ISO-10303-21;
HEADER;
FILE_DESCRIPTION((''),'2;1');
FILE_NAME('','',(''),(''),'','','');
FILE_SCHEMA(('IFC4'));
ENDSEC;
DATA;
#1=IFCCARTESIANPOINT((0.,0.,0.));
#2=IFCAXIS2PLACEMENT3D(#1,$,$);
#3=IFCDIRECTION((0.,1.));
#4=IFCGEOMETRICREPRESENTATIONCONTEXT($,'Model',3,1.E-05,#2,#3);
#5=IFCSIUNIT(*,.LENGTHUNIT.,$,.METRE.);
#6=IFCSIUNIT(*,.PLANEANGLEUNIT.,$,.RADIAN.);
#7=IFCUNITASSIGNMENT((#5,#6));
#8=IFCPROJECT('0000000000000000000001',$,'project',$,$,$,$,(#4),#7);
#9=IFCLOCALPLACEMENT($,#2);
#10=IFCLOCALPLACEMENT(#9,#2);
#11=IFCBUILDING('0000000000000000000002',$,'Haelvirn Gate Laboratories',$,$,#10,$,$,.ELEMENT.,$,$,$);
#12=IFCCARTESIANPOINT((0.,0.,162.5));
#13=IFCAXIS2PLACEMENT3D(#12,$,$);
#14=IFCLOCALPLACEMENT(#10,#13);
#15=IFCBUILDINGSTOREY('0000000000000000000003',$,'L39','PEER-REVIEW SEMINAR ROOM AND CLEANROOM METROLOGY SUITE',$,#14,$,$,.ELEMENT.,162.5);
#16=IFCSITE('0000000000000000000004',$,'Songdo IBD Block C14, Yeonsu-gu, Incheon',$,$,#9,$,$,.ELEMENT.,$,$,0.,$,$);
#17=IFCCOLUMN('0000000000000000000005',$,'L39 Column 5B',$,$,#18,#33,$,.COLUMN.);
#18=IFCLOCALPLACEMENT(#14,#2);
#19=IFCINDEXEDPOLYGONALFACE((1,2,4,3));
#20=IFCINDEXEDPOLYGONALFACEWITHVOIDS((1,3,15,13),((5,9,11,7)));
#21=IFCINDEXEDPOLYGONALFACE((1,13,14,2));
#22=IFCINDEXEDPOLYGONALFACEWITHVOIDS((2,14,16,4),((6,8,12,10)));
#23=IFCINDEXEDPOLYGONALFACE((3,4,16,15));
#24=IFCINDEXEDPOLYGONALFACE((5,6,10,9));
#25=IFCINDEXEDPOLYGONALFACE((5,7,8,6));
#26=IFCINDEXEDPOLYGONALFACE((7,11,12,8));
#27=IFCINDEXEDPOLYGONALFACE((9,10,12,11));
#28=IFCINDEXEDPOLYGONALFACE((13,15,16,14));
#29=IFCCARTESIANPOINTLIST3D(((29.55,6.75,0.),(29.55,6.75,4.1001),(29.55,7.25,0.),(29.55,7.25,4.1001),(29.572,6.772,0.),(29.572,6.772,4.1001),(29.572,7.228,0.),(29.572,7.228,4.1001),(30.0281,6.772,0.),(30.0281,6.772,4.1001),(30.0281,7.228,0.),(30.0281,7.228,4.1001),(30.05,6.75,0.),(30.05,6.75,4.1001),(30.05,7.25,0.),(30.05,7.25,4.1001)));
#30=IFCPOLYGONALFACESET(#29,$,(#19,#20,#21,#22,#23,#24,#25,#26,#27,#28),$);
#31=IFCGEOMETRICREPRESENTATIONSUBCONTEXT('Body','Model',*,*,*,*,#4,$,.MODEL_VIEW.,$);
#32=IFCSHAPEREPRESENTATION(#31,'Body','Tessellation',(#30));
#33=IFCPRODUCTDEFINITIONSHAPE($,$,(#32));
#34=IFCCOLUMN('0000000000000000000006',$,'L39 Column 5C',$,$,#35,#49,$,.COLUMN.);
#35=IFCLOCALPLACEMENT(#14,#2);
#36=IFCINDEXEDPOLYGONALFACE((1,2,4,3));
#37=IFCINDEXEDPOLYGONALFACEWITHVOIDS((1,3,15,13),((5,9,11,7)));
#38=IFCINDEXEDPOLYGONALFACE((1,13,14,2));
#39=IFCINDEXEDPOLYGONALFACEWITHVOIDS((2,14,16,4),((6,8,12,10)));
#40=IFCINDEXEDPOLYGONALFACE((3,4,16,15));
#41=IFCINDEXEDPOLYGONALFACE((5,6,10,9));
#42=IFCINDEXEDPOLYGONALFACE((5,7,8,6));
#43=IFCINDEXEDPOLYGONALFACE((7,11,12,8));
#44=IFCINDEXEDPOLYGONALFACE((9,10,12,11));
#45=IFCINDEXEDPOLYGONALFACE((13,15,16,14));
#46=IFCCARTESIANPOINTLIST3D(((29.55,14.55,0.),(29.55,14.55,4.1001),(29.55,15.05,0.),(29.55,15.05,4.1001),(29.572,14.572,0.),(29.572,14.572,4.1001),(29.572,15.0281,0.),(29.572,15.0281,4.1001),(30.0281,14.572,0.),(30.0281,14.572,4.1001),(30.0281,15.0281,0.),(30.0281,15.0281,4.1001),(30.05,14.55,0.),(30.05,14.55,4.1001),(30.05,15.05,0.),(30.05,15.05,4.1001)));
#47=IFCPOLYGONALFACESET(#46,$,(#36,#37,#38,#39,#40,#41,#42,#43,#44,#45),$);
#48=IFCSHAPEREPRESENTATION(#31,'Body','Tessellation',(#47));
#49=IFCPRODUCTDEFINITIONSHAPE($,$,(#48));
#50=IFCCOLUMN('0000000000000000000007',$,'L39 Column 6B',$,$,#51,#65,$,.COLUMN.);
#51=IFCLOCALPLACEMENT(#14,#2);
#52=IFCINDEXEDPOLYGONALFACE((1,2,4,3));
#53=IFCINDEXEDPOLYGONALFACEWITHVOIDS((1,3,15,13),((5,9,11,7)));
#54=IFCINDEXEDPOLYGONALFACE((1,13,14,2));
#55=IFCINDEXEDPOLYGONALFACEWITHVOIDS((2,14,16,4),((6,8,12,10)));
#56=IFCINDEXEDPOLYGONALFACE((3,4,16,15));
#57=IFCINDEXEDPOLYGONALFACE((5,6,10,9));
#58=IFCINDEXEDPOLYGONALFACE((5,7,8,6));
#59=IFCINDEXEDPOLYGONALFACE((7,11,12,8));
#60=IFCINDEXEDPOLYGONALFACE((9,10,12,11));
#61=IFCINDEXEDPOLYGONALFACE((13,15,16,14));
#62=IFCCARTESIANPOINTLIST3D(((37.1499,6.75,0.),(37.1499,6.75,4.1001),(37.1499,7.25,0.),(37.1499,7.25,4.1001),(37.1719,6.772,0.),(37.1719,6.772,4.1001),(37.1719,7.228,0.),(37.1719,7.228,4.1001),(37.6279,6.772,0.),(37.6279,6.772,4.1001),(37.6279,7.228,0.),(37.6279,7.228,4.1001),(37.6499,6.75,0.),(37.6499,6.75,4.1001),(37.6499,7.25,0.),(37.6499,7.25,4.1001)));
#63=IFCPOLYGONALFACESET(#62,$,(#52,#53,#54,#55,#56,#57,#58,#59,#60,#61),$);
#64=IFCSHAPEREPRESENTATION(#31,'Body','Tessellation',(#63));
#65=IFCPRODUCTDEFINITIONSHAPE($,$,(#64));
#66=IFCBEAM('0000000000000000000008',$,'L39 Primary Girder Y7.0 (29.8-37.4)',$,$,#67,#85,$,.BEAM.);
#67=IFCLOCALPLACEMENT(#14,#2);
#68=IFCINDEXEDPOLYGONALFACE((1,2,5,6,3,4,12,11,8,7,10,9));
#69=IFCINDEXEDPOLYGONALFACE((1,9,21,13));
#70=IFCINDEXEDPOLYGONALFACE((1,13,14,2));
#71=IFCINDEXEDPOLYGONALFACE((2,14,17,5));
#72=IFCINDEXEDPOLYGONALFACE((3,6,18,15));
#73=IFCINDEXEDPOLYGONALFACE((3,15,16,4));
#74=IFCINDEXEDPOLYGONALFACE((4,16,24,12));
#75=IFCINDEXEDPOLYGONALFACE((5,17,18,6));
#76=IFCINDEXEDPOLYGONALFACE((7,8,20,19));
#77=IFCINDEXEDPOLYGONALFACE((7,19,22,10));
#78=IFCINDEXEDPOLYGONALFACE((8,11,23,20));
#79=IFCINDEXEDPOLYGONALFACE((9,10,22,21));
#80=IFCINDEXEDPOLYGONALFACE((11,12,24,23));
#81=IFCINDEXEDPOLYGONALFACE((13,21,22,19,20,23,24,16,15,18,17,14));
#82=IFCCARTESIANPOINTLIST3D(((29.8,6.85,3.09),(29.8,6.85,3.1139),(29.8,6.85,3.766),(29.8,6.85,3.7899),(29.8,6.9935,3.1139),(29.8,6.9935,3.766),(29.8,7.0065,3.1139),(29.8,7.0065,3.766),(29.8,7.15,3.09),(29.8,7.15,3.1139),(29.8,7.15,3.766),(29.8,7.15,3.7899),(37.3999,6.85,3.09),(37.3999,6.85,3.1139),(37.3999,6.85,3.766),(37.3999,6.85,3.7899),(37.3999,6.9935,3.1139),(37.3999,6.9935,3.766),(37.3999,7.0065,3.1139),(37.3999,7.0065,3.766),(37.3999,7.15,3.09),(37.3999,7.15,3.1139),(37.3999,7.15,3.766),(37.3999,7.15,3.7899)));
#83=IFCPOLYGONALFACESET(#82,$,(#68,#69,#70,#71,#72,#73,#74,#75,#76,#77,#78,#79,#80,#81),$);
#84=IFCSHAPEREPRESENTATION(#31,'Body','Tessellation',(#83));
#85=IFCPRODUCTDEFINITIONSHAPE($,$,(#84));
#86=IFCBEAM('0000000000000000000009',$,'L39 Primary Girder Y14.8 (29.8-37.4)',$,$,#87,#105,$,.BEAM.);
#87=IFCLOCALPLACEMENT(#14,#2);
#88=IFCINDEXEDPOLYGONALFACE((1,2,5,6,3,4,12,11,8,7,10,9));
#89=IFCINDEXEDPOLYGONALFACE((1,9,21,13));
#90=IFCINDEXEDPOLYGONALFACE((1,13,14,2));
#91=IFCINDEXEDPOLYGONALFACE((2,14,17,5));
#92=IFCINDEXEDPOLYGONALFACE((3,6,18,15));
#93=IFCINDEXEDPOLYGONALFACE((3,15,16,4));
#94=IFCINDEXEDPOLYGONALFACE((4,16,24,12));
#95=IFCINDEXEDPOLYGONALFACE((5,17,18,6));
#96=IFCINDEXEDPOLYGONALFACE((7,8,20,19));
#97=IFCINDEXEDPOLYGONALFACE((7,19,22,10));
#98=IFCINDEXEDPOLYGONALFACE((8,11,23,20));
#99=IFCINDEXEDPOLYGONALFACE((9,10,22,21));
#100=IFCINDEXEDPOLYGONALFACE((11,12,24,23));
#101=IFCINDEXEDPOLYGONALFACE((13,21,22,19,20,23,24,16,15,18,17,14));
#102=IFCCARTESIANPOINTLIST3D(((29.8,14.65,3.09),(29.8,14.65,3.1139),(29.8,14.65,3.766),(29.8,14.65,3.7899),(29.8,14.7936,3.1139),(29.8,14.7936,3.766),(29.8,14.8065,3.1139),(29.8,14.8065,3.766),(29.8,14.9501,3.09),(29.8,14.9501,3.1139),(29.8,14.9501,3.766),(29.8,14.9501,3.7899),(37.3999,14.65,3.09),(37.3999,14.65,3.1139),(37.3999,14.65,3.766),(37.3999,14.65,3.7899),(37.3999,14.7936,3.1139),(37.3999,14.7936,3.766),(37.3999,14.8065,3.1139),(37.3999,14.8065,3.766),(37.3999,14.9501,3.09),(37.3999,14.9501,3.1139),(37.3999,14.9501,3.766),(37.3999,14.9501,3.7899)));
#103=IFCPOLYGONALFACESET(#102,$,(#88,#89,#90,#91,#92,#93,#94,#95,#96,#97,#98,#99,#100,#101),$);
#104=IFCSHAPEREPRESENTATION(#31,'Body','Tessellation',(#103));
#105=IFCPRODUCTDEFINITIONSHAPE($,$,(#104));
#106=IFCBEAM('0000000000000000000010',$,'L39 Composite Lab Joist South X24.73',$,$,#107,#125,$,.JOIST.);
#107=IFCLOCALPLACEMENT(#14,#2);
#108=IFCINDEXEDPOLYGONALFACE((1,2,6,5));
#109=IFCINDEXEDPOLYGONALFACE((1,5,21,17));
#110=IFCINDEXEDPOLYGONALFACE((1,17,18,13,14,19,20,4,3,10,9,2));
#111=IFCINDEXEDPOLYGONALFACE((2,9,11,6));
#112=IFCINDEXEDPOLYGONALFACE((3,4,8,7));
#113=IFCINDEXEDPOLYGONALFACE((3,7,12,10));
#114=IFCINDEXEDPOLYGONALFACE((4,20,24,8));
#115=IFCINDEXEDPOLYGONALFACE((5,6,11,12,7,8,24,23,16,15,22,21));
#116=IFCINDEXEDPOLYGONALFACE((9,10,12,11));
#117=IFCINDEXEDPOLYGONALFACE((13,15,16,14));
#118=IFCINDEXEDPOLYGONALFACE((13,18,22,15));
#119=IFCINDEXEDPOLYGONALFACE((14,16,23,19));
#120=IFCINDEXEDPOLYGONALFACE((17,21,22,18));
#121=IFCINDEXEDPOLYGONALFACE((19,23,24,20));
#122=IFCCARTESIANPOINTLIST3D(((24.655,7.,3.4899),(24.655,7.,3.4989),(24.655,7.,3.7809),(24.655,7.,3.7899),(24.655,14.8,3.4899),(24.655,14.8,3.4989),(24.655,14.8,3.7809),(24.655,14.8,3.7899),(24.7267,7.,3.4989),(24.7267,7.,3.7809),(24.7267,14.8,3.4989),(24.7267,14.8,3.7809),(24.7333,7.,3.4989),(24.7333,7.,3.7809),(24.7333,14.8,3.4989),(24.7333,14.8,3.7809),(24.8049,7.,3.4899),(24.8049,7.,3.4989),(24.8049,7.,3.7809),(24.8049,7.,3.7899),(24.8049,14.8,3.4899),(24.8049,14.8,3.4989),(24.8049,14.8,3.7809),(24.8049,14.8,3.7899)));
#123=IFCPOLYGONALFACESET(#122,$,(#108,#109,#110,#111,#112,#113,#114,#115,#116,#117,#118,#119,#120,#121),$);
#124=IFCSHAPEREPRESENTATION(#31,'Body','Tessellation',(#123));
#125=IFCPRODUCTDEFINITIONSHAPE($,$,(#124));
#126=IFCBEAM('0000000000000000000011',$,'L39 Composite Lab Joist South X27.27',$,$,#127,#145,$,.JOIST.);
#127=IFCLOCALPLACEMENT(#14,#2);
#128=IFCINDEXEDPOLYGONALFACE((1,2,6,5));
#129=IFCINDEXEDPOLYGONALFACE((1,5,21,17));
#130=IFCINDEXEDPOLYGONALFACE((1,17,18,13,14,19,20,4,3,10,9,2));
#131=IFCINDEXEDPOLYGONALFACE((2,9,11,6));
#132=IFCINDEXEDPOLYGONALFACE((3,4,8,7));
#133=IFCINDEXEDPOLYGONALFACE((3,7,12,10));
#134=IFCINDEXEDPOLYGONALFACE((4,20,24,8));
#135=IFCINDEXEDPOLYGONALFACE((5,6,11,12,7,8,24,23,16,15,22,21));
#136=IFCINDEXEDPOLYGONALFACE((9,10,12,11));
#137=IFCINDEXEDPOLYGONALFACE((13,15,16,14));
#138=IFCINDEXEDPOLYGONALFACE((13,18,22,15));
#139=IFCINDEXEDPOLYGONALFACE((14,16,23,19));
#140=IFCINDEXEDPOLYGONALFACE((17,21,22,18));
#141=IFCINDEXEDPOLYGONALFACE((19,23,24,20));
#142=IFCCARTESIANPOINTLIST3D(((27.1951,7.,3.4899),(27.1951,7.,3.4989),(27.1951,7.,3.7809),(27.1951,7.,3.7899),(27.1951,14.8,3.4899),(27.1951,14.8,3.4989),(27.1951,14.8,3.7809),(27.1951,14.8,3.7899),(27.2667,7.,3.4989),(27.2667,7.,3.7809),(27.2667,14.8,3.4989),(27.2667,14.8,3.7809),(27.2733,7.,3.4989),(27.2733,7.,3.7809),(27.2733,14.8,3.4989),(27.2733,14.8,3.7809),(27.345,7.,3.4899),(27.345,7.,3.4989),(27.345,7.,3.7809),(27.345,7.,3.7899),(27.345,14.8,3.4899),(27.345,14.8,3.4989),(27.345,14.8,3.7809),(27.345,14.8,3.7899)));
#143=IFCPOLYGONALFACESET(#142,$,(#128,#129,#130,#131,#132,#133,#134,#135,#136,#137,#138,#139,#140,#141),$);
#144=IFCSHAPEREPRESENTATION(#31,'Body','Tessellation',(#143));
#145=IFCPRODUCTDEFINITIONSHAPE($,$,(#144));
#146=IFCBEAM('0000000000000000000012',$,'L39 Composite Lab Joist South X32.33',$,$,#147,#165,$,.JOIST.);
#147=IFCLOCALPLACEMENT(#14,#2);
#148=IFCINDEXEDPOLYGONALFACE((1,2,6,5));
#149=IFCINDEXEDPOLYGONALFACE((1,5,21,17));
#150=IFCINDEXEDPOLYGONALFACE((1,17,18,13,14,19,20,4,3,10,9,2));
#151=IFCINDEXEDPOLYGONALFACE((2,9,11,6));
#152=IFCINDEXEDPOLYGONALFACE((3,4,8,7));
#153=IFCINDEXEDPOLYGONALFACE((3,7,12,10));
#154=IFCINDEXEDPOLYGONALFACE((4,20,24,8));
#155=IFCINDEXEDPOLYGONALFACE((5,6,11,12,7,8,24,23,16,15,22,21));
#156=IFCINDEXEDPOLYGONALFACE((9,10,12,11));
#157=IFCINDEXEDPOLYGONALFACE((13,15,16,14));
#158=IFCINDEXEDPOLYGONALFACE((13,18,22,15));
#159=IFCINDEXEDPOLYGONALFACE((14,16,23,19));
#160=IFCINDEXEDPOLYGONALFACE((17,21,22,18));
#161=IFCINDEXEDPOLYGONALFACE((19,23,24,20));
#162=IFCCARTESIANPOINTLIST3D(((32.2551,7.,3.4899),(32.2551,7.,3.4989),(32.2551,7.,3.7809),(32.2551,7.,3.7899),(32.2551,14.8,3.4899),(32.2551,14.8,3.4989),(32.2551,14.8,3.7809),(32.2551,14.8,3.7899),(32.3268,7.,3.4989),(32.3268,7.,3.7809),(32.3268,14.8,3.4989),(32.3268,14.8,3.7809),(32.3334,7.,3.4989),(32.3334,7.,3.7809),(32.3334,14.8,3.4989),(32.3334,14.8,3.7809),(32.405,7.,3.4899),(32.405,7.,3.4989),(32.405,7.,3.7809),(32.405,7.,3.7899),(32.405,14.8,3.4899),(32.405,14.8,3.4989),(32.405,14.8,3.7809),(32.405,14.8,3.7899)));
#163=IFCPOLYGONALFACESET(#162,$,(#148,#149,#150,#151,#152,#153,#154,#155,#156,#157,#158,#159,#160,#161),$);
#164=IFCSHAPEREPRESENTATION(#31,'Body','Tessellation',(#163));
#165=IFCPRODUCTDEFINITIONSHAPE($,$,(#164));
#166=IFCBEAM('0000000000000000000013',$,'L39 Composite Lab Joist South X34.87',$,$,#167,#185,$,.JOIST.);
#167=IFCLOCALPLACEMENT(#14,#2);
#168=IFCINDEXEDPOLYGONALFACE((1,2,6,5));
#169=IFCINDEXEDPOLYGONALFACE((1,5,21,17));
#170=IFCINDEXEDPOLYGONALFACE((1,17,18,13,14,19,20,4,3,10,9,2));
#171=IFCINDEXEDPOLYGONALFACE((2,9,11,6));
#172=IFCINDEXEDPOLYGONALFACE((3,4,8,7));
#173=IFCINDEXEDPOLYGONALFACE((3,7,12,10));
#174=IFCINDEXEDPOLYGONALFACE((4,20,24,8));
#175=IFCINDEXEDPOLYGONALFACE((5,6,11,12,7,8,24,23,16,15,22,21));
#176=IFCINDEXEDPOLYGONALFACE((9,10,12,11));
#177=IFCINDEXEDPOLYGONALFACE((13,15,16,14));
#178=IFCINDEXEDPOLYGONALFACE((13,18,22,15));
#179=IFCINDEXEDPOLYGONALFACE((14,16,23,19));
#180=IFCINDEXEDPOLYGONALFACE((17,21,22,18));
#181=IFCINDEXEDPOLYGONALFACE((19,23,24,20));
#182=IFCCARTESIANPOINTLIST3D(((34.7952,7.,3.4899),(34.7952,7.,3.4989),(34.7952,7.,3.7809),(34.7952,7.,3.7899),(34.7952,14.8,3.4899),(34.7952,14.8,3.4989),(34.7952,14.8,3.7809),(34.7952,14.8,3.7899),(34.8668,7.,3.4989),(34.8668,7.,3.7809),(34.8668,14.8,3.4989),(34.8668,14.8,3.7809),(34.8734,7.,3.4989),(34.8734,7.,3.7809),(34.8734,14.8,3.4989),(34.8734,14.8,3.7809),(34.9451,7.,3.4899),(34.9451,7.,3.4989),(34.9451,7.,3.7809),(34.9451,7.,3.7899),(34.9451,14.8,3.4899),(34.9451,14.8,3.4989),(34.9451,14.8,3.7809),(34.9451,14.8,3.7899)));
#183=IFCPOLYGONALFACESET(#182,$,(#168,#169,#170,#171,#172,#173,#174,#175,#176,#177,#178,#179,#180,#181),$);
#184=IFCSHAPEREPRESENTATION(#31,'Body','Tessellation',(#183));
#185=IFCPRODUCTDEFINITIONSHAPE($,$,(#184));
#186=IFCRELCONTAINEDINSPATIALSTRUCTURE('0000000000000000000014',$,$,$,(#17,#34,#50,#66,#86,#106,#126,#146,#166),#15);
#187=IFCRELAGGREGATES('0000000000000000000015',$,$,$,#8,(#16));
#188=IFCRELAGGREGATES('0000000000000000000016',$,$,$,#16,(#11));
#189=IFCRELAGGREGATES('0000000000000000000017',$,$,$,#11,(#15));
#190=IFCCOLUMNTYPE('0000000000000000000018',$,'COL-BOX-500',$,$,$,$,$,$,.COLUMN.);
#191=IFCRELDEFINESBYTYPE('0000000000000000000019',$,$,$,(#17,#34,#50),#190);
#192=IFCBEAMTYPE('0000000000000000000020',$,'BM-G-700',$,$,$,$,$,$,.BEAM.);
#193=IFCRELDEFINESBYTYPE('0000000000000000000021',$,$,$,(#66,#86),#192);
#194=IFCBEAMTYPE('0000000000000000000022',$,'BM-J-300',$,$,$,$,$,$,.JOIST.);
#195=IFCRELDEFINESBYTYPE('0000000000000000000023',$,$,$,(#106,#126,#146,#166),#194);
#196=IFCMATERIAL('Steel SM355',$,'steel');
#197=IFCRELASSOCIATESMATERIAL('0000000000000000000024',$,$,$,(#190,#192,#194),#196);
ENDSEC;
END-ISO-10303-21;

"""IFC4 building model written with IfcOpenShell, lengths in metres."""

from ifc_helpers import new_model, si_unit, direction, frame, origin, origin_2d, place, context, subcontext, project, spatial, hollow_rectangle, i_section, extrude, source, transform, mapped, material, material_profile, profile_set, type_object, type_shapes, element, save


model = new_model("IFC4")

# Units and contexts
model_context = context("Model", 3, precision=1e-05, world=origin(), true_north=direction((0.0, 1.0)))
body_context = subcontext(model_context, "Body", "Model", "MODEL_VIEW")
ifc_project = project(units=[si_unit("LENGTHUNIT", "METRE"), si_unit("PLANEANGLEUNIT", "RADIAN")], contexts=[model_context])

# Site, building, storey
site_placement = place(None, origin())
site = spatial("IfcSite", under=ifc_project, at=site_placement, Name="Songdo IBD Block C14, Yeonsu-gu, Incheon", CompositionType="ELEMENT", RefElevation=0.0)
building_placement = place(site_placement, origin())
building = spatial("IfcBuilding", under=site, at=building_placement, Name="Haelvirn Gate Laboratories", CompositionType="ELEMENT")
storey_placement = place(building_placement, frame((0.0, 0.0, 162.5)))
storey = spatial("IfcBuildingStorey", under=building, at=storey_placement, Name="L39", Description="PEER-REVIEW SEMINAR ROOM AND CLEANROOM METROLOGY SUITE", CompositionType="ELEMENT", Elevation=162.5)

# Columns
ifc_material_1 = material(Name="Steel SM355", Category="steel")
ifc_material_profile_1 = material_profile(ifc_material_1, hollow_rectangle(XDim=0.5, YDim=0.5, WallThickness=0.022, at=origin_2d()), Name="BOX-500x500x22")
ifc_profile_set_1 = profile_set([ifc_material_profile_1], Name="Steel SM355")
column_type = type_object("IfcColumnType", Name="COL-BOX-500", PredefinedType="COLUMN", material=ifc_profile_set_1)
shared_shape_1 = source(origin(), body_context, "Body", "SweptSolid", [
    extrude(hollow_rectangle(XDim=0.5, YDim=0.5, WallThickness=0.022, at=origin_2d()), origin(), (0.0, 0.0, 1.0), 4.1001),
])
type_shapes(column_type, [shared_shape_1])
for number, where, z_axis, x_axis, name in (
    (1, (29.8, 7.0, 0.0), (0.0, 0.0, 1.0), (1.0, 0.0, 0.0), "L39 Column 5B"),
    (2, (29.8, 14.8, 0.0), (0.0, 0.0, 1.0), (1.0, 0.0, 0.0), "L39 Column 5C"),
    (3, (37.3999, 7.0, 0.0), (0.0, 0.0, 1.0), (1.0, 0.0, 0.0), "L39 Column 6B"),
):
    element("IfcColumn", number, at=place(storey_placement, frame(where, z_axis=z_axis, x_axis=x_axis)), inside=storey, type_object=column_type, Name=name, PredefinedType="COLUMN", context=body_context, shape_type="MappedRepresentation", body=[
        mapped(shared_shape_1, transform((0.0, 0.0, 0.0), scale=1.0)),
    ])

# Beams
ifc_material_profile_2 = material_profile(ifc_material_1, i_section(OverallWidth=0.3, OverallDepth=0.7, WebThickness=0.0129, FlangeThickness=0.0239, at=origin_2d()), Name="H-700x300x13x24")
ifc_profile_set_2 = profile_set([ifc_material_profile_2], Name="Steel SM355")
beam_type_1 = type_object("IfcBeamType", Name="BM-G-700", PredefinedType="BEAM", material=ifc_profile_set_2)
shared_shape_2 = source(origin(), body_context, "Body", "SweptSolid", [
    extrude(i_section(OverallWidth=0.3, OverallDepth=0.7, WebThickness=0.0129, FlangeThickness=0.0239, at=origin_2d()), origin(), (0.0, 0.0, 1.0), 7.5999),
])
type_shapes(beam_type_1, [shared_shape_2])
for number, where, z_axis, x_axis, name in (
    (4, (29.8, 7.0, 3.4399), (1.0, 0.0, 0.0), (0.0, 1.0, 0.0), "L39 Primary Girder Y7.0 (29.8-37.4)"),
    (5, (29.8, 14.8, 3.4399), (1.0, 0.0, 0.0), (0.0, 1.0, 0.0), "L39 Primary Girder Y14.8 (29.8-37.4)"),
):
    element("IfcBeam", number, at=place(storey_placement, frame(where, z_axis=z_axis, x_axis=x_axis)), inside=storey, type_object=beam_type_1, Name=name, PredefinedType="BEAM", context=body_context, shape_type="MappedRepresentation", body=[
        mapped(shared_shape_2, transform((0.0, 0.0, 0.0), scale=1.0)),
    ])
ifc_material_profile_3 = material_profile(ifc_material_1, i_section(OverallWidth=0.1499, OverallDepth=0.3, WebThickness=0.0066, FlangeThickness=0.009, at=origin_2d()), Name="H-300x150x6.5x9")
ifc_profile_set_3 = profile_set([ifc_material_profile_3], Name="Steel SM355")
beam_type_2 = type_object("IfcBeamType", Name="BM-J-300", PredefinedType="JOIST", material=ifc_profile_set_3)
shared_shape_3 = source(origin(), body_context, "Body", "SweptSolid", [
    extrude(i_section(OverallWidth=0.1499, OverallDepth=0.3, WebThickness=0.0066, FlangeThickness=0.009, at=origin_2d()), origin(), (0.0, 0.0, 1.0), 7.8),
])
type_shapes(beam_type_2, [shared_shape_3])
for number, where, z_axis, x_axis, name in (
    (6, (24.73, 7.0, 3.6399), (0.0, 1.0, 0.0), (-1.0, 0.0, 0.0), "L39 Composite Lab Joist South X24.73"),
    (7, (27.27, 7.0, 3.6399), (0.0, 1.0, 0.0), (-1.0, 0.0, 0.0), "L39 Composite Lab Joist South X27.27"),
    (8, (32.3301, 7.0, 3.6399), (0.0, 1.0, 0.0), (-1.0, 0.0, 0.0), "L39 Composite Lab Joist South X32.33"),
    (9, (34.8701, 7.0, 3.6399), (0.0, 1.0, 0.0), (-1.0, 0.0, 0.0), "L39 Composite Lab Joist South X34.87"),
):
    element("IfcBeam", number, at=place(storey_placement, frame(where, z_axis=z_axis, x_axis=x_axis)), inside=storey, type_object=beam_type_2, Name=name, PredefinedType="JOIST", context=body_context, shape_type="MappedRepresentation", body=[
        mapped(shared_shape_3, transform((0.0, 0.0, 0.0), scale=1.0)),
    ])

save(model, "model.ifc")
